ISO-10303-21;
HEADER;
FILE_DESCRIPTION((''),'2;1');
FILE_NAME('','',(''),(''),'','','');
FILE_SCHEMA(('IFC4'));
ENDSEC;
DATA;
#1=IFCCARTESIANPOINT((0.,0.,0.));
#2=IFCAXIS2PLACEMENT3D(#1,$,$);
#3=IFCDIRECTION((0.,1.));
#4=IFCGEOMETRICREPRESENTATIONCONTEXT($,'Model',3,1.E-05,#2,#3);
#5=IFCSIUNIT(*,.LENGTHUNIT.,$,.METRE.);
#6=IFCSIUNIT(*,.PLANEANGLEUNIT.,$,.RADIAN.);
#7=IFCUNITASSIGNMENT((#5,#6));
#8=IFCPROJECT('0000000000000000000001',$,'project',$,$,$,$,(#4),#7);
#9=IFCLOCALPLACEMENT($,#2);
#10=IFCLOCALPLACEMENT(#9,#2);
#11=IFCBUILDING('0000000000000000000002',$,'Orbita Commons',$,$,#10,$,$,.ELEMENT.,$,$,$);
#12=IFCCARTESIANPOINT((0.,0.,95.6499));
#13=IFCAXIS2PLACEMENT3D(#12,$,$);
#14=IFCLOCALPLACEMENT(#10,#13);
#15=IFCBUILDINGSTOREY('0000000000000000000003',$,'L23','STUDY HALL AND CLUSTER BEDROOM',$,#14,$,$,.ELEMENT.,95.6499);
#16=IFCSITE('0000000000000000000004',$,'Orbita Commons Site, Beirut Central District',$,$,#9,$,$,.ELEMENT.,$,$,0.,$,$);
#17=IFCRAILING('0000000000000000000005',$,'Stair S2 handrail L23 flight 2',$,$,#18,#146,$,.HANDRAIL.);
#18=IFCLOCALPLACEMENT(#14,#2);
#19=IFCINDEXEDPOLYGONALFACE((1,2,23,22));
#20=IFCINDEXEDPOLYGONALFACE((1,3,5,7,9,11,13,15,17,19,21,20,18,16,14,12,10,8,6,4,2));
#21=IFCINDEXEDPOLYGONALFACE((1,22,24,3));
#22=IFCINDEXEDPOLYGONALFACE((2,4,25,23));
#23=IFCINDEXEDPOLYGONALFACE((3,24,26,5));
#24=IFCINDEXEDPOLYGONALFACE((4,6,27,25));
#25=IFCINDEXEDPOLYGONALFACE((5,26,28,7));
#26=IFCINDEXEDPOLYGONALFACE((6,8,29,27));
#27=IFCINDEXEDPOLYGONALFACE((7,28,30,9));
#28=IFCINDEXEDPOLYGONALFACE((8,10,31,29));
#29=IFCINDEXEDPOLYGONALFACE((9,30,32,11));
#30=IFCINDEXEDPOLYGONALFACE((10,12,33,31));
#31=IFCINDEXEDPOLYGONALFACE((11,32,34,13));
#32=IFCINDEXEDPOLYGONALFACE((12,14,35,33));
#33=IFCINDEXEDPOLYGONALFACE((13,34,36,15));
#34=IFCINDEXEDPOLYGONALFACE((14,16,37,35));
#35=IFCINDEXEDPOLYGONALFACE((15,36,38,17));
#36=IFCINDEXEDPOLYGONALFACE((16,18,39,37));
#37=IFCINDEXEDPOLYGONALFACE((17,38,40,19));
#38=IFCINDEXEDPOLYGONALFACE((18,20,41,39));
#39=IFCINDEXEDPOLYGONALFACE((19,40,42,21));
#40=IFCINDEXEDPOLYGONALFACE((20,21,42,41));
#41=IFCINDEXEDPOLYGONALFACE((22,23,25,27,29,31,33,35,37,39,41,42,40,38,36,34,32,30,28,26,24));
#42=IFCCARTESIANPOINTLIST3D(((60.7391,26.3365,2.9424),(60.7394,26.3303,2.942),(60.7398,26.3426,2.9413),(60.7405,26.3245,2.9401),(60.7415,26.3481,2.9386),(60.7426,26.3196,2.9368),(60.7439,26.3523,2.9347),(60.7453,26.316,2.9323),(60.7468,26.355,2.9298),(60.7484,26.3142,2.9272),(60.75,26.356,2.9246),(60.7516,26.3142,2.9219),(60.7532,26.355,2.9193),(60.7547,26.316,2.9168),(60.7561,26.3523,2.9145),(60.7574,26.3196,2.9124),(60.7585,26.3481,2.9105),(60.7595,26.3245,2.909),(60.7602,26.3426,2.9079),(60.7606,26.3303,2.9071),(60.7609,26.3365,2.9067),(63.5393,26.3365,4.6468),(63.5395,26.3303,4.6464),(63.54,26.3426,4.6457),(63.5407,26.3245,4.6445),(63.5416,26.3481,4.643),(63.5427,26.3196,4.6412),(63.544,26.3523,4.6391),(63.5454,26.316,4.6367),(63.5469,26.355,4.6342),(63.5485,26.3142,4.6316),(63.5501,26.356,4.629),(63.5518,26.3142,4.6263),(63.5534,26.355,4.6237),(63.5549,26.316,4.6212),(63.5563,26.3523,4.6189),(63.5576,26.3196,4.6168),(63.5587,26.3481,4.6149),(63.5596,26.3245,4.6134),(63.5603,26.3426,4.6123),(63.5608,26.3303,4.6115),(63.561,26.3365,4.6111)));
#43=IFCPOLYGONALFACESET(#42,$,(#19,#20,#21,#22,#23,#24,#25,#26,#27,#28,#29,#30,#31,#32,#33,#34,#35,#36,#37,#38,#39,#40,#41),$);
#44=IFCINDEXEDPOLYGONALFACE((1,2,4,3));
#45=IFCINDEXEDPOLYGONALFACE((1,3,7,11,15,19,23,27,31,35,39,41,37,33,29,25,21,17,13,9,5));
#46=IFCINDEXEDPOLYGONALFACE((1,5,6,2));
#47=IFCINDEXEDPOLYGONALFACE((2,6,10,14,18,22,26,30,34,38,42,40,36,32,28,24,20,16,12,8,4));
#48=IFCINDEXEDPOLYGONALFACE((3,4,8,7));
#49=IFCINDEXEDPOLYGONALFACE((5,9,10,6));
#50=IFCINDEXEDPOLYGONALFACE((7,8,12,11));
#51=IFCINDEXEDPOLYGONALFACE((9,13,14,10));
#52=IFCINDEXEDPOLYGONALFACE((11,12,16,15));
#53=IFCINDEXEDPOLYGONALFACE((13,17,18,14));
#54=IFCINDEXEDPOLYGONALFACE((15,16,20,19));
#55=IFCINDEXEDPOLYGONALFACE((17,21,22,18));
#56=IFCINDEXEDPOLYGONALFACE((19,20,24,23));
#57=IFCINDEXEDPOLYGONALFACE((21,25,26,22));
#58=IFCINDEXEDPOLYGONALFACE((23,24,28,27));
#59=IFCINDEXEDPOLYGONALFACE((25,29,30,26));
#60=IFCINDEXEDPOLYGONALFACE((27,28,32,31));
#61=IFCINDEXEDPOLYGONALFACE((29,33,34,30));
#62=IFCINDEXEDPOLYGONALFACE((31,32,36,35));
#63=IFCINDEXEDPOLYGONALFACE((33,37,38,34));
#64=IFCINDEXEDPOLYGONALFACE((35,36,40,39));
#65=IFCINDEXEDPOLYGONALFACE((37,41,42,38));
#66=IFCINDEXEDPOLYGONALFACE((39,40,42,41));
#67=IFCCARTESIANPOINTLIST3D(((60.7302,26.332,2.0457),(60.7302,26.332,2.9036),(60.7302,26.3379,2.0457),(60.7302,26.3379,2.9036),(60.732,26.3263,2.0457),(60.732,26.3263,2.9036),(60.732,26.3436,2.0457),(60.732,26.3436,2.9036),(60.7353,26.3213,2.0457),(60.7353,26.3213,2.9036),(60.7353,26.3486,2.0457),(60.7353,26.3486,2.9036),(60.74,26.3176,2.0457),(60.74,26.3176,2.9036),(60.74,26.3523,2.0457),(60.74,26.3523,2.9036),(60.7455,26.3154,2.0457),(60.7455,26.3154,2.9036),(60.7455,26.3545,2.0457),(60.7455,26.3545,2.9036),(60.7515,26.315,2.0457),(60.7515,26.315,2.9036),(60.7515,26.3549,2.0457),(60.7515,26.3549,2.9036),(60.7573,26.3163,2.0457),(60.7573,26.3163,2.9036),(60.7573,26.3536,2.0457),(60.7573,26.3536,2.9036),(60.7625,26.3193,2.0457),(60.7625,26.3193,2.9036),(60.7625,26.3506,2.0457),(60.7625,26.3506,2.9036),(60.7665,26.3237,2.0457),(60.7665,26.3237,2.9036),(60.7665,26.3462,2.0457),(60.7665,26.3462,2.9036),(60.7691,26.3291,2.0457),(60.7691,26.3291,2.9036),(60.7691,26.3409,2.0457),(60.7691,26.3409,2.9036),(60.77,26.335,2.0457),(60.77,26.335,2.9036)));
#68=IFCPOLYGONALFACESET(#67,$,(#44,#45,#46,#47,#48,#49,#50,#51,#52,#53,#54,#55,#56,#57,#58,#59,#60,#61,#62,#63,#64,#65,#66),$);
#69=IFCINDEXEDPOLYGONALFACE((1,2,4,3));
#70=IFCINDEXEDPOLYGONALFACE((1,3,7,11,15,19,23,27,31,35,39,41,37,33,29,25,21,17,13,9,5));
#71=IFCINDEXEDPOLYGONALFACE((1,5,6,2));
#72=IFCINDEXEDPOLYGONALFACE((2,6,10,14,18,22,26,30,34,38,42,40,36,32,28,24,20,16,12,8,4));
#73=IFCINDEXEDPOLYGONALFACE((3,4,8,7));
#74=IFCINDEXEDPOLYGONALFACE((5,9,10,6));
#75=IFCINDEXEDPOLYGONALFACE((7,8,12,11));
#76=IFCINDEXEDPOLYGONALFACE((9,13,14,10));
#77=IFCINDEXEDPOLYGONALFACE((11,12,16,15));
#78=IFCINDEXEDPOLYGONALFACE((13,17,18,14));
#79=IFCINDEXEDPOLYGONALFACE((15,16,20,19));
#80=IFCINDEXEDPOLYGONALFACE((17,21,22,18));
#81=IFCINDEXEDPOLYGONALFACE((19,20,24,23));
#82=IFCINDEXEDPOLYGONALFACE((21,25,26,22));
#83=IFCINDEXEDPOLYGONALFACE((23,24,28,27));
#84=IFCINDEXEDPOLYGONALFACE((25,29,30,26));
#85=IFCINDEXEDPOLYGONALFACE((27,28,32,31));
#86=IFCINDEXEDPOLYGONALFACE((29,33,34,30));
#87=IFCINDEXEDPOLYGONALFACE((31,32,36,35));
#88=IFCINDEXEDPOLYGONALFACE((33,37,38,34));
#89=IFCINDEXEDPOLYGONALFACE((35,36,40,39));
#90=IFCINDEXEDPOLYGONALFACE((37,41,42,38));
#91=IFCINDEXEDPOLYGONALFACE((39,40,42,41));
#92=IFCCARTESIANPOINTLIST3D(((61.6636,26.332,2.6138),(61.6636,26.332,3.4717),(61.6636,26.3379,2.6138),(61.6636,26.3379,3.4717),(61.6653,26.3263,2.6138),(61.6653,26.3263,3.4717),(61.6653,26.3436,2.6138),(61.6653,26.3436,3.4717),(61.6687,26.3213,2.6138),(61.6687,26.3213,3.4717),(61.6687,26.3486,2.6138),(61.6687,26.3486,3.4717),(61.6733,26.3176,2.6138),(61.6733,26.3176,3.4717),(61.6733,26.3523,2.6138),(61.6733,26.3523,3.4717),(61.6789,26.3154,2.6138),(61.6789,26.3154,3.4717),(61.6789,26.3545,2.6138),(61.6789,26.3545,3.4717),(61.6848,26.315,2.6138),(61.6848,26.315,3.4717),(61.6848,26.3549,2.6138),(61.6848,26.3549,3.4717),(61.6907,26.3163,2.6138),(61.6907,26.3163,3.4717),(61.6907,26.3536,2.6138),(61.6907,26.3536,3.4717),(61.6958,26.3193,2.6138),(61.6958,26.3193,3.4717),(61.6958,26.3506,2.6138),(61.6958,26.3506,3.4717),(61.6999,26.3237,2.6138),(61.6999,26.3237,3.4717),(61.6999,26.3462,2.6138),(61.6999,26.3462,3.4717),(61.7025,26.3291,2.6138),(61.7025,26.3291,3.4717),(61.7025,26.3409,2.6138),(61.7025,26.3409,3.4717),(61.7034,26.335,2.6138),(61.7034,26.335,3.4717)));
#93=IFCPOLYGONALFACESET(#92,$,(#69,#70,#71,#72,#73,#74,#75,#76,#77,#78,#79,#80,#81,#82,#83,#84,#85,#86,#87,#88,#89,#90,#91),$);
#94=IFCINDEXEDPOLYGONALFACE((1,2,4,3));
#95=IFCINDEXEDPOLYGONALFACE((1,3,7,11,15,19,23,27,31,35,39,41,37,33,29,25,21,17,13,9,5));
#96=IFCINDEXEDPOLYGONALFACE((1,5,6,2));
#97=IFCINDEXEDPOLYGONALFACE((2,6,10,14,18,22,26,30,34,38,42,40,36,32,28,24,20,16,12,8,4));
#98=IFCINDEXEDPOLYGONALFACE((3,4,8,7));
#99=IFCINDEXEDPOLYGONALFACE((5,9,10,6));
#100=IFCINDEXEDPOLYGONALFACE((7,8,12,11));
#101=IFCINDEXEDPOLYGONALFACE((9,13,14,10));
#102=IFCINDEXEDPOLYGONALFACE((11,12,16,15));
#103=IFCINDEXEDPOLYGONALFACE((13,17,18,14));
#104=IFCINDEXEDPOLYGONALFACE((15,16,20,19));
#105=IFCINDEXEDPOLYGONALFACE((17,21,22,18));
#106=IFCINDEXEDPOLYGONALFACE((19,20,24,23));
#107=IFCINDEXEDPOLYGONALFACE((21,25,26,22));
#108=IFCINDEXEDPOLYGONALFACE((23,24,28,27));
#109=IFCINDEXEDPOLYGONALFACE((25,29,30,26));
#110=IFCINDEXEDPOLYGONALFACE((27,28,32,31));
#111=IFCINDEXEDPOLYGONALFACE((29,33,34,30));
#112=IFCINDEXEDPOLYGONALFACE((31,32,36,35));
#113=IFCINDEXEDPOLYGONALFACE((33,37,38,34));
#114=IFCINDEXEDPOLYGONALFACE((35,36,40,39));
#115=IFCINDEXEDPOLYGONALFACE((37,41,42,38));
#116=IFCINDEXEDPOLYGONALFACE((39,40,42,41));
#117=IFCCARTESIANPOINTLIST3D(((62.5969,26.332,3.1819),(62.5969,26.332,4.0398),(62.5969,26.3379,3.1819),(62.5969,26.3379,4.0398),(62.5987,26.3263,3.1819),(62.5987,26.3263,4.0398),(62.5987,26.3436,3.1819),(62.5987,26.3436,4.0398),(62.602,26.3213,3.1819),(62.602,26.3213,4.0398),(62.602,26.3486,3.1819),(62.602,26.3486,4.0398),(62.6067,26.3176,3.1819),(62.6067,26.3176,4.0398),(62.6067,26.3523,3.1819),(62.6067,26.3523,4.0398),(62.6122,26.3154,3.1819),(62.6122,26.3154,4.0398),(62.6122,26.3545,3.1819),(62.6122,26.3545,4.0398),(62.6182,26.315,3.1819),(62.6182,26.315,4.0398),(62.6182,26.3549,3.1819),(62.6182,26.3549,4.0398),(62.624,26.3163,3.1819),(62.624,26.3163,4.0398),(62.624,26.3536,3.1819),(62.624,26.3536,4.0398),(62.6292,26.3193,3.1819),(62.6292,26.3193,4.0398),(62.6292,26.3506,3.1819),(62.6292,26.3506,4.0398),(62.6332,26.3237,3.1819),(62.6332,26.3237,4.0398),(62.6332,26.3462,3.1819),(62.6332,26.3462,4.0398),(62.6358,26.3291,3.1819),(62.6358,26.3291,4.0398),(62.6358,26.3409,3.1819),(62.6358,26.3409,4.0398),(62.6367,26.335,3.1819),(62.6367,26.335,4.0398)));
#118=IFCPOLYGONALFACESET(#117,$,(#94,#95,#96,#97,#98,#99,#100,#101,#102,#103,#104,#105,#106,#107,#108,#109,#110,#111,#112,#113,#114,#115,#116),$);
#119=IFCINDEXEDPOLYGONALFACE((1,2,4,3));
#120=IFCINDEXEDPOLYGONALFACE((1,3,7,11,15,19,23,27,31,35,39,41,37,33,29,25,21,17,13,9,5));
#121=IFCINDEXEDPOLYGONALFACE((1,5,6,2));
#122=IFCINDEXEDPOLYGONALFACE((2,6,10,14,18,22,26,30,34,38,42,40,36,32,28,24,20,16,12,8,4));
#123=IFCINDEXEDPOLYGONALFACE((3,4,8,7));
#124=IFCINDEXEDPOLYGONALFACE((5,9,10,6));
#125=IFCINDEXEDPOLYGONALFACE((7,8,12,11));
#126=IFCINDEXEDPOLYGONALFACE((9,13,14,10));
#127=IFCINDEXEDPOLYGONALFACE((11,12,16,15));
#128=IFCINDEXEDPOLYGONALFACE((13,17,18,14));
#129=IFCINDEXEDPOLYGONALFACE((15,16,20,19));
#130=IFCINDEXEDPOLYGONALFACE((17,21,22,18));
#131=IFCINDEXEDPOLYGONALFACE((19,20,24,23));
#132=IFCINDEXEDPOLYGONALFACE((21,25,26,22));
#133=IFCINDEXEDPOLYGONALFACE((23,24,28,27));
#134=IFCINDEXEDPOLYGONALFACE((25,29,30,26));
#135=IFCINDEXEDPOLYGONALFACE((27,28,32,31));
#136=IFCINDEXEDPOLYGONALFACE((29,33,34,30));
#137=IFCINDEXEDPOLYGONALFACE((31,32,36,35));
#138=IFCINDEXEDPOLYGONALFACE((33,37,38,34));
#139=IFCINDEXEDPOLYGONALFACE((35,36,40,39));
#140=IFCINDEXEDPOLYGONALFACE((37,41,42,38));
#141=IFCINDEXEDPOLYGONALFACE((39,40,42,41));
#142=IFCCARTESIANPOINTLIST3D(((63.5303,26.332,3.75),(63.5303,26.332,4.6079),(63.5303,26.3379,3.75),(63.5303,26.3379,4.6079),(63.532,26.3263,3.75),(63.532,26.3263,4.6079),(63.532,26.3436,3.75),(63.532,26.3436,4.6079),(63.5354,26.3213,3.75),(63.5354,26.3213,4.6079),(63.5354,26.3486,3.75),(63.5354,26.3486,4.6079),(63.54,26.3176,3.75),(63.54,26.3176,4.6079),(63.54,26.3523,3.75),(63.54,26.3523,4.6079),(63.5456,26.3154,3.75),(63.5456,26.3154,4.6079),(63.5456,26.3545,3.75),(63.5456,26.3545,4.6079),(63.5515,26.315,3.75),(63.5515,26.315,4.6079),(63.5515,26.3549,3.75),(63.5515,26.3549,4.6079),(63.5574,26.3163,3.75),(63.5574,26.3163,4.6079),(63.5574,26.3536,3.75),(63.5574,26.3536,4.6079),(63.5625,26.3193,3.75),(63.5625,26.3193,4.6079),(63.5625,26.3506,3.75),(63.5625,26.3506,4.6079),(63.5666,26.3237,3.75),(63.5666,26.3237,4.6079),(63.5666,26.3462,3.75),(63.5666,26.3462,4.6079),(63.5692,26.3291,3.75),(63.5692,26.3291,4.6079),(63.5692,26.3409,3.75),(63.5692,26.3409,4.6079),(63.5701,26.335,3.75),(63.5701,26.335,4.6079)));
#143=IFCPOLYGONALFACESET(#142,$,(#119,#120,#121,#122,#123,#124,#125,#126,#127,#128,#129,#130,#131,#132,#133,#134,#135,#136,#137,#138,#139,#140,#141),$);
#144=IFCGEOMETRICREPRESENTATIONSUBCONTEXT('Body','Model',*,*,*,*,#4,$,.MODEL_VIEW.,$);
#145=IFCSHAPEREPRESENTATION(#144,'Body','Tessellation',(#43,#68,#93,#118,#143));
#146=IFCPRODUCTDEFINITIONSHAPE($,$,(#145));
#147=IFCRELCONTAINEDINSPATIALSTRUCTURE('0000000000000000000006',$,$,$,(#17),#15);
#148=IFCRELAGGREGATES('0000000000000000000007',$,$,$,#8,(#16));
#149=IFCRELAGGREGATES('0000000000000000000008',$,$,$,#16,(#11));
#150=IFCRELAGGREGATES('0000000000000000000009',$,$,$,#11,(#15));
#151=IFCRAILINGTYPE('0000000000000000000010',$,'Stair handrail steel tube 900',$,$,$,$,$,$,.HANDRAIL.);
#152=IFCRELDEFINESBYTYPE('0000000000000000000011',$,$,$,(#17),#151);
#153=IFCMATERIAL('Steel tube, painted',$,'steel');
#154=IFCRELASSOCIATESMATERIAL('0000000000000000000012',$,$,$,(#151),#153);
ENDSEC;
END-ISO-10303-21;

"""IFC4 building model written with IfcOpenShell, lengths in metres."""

from ifc_helpers import new_model, si_unit, direction, frame, origin, origin_2d, place, context, subcontext, project, spatial, circle, extrude, material, type_object, element, save


model = new_model("IFC4")

# Units and contexts
model_context = context("Model", 3, precision=1e-05, world=origin(), true_north=direction((0.0, 1.0)))
body_context = subcontext(model_context, "Body", "Model", "MODEL_VIEW")
ifc_project = project(units=[si_unit("LENGTHUNIT", "METRE"), si_unit("PLANEANGLEUNIT", "RADIAN")], contexts=[model_context])

# Site, building, storey
site_placement = place(None, origin())
site = spatial("IfcSite", under=ifc_project, at=site_placement, Name="Orbita Commons Site, Beirut Central District", CompositionType="ELEMENT", RefElevation=0.0)
building_placement = place(site_placement, origin())
building = spatial("IfcBuilding", under=site, at=building_placement, Name="Orbita Commons", CompositionType="ELEMENT")
storey_placement = place(building_placement, frame((0.0, 0.0, 95.6499)))
storey = spatial("IfcBuildingStorey", under=building, at=storey_placement, Name="L23", Description="STUDY HALL AND CLUSTER BEDROOM", CompositionType="ELEMENT", Elevation=95.6499)

# Railing
ifc_material_1 = material(Name="Steel tube, painted", Category="steel")
railing_type = type_object("IfcRailingType", Name="Stair handrail steel tube 900", PredefinedType="HANDRAIL", material=ifc_material_1)
for number, where, name in (
    (1, (60.75, 26.335, 2.0457), "Stair S2 handrail L23 flight 2"),
):
    element("IfcRailing", number, at=place(storey_placement, frame(where)), inside=storey, type_object=railing_type, Name=name, PredefinedType="HANDRAIL", context=body_context, shape_type="SweptSolid", body=[
        extrude(circle(Radius=0.021, at=origin_2d()), frame((0.0, 0.0, 0.8789), z_axis=(0.854203, 0.0, 0.51994), x_axis=(0.0, 1.0, 0.0)), (0.0, 0.0, 1.0), 3.2781),
        extrude(circle(Radius=0.02, at=origin_2d()), origin(), (0.0, 0.0, 1.0), 0.8579),
        extrude(circle(Radius=0.02, at=origin_2d()), frame((0.9333, 0.0, 0.5681)), (0.0, 0.0, 1.0), 0.8579),
        extrude(circle(Radius=0.02, at=origin_2d()), frame((1.8667, 0.0, 1.1362)), (0.0, 0.0, 1.0), 0.8579),
        extrude(circle(Radius=0.02, at=origin_2d()), frame((2.8, 0.0, 1.7043)), (0.0, 0.0, 1.0), 0.8579),
    ])

save(model, "model.ifc")
